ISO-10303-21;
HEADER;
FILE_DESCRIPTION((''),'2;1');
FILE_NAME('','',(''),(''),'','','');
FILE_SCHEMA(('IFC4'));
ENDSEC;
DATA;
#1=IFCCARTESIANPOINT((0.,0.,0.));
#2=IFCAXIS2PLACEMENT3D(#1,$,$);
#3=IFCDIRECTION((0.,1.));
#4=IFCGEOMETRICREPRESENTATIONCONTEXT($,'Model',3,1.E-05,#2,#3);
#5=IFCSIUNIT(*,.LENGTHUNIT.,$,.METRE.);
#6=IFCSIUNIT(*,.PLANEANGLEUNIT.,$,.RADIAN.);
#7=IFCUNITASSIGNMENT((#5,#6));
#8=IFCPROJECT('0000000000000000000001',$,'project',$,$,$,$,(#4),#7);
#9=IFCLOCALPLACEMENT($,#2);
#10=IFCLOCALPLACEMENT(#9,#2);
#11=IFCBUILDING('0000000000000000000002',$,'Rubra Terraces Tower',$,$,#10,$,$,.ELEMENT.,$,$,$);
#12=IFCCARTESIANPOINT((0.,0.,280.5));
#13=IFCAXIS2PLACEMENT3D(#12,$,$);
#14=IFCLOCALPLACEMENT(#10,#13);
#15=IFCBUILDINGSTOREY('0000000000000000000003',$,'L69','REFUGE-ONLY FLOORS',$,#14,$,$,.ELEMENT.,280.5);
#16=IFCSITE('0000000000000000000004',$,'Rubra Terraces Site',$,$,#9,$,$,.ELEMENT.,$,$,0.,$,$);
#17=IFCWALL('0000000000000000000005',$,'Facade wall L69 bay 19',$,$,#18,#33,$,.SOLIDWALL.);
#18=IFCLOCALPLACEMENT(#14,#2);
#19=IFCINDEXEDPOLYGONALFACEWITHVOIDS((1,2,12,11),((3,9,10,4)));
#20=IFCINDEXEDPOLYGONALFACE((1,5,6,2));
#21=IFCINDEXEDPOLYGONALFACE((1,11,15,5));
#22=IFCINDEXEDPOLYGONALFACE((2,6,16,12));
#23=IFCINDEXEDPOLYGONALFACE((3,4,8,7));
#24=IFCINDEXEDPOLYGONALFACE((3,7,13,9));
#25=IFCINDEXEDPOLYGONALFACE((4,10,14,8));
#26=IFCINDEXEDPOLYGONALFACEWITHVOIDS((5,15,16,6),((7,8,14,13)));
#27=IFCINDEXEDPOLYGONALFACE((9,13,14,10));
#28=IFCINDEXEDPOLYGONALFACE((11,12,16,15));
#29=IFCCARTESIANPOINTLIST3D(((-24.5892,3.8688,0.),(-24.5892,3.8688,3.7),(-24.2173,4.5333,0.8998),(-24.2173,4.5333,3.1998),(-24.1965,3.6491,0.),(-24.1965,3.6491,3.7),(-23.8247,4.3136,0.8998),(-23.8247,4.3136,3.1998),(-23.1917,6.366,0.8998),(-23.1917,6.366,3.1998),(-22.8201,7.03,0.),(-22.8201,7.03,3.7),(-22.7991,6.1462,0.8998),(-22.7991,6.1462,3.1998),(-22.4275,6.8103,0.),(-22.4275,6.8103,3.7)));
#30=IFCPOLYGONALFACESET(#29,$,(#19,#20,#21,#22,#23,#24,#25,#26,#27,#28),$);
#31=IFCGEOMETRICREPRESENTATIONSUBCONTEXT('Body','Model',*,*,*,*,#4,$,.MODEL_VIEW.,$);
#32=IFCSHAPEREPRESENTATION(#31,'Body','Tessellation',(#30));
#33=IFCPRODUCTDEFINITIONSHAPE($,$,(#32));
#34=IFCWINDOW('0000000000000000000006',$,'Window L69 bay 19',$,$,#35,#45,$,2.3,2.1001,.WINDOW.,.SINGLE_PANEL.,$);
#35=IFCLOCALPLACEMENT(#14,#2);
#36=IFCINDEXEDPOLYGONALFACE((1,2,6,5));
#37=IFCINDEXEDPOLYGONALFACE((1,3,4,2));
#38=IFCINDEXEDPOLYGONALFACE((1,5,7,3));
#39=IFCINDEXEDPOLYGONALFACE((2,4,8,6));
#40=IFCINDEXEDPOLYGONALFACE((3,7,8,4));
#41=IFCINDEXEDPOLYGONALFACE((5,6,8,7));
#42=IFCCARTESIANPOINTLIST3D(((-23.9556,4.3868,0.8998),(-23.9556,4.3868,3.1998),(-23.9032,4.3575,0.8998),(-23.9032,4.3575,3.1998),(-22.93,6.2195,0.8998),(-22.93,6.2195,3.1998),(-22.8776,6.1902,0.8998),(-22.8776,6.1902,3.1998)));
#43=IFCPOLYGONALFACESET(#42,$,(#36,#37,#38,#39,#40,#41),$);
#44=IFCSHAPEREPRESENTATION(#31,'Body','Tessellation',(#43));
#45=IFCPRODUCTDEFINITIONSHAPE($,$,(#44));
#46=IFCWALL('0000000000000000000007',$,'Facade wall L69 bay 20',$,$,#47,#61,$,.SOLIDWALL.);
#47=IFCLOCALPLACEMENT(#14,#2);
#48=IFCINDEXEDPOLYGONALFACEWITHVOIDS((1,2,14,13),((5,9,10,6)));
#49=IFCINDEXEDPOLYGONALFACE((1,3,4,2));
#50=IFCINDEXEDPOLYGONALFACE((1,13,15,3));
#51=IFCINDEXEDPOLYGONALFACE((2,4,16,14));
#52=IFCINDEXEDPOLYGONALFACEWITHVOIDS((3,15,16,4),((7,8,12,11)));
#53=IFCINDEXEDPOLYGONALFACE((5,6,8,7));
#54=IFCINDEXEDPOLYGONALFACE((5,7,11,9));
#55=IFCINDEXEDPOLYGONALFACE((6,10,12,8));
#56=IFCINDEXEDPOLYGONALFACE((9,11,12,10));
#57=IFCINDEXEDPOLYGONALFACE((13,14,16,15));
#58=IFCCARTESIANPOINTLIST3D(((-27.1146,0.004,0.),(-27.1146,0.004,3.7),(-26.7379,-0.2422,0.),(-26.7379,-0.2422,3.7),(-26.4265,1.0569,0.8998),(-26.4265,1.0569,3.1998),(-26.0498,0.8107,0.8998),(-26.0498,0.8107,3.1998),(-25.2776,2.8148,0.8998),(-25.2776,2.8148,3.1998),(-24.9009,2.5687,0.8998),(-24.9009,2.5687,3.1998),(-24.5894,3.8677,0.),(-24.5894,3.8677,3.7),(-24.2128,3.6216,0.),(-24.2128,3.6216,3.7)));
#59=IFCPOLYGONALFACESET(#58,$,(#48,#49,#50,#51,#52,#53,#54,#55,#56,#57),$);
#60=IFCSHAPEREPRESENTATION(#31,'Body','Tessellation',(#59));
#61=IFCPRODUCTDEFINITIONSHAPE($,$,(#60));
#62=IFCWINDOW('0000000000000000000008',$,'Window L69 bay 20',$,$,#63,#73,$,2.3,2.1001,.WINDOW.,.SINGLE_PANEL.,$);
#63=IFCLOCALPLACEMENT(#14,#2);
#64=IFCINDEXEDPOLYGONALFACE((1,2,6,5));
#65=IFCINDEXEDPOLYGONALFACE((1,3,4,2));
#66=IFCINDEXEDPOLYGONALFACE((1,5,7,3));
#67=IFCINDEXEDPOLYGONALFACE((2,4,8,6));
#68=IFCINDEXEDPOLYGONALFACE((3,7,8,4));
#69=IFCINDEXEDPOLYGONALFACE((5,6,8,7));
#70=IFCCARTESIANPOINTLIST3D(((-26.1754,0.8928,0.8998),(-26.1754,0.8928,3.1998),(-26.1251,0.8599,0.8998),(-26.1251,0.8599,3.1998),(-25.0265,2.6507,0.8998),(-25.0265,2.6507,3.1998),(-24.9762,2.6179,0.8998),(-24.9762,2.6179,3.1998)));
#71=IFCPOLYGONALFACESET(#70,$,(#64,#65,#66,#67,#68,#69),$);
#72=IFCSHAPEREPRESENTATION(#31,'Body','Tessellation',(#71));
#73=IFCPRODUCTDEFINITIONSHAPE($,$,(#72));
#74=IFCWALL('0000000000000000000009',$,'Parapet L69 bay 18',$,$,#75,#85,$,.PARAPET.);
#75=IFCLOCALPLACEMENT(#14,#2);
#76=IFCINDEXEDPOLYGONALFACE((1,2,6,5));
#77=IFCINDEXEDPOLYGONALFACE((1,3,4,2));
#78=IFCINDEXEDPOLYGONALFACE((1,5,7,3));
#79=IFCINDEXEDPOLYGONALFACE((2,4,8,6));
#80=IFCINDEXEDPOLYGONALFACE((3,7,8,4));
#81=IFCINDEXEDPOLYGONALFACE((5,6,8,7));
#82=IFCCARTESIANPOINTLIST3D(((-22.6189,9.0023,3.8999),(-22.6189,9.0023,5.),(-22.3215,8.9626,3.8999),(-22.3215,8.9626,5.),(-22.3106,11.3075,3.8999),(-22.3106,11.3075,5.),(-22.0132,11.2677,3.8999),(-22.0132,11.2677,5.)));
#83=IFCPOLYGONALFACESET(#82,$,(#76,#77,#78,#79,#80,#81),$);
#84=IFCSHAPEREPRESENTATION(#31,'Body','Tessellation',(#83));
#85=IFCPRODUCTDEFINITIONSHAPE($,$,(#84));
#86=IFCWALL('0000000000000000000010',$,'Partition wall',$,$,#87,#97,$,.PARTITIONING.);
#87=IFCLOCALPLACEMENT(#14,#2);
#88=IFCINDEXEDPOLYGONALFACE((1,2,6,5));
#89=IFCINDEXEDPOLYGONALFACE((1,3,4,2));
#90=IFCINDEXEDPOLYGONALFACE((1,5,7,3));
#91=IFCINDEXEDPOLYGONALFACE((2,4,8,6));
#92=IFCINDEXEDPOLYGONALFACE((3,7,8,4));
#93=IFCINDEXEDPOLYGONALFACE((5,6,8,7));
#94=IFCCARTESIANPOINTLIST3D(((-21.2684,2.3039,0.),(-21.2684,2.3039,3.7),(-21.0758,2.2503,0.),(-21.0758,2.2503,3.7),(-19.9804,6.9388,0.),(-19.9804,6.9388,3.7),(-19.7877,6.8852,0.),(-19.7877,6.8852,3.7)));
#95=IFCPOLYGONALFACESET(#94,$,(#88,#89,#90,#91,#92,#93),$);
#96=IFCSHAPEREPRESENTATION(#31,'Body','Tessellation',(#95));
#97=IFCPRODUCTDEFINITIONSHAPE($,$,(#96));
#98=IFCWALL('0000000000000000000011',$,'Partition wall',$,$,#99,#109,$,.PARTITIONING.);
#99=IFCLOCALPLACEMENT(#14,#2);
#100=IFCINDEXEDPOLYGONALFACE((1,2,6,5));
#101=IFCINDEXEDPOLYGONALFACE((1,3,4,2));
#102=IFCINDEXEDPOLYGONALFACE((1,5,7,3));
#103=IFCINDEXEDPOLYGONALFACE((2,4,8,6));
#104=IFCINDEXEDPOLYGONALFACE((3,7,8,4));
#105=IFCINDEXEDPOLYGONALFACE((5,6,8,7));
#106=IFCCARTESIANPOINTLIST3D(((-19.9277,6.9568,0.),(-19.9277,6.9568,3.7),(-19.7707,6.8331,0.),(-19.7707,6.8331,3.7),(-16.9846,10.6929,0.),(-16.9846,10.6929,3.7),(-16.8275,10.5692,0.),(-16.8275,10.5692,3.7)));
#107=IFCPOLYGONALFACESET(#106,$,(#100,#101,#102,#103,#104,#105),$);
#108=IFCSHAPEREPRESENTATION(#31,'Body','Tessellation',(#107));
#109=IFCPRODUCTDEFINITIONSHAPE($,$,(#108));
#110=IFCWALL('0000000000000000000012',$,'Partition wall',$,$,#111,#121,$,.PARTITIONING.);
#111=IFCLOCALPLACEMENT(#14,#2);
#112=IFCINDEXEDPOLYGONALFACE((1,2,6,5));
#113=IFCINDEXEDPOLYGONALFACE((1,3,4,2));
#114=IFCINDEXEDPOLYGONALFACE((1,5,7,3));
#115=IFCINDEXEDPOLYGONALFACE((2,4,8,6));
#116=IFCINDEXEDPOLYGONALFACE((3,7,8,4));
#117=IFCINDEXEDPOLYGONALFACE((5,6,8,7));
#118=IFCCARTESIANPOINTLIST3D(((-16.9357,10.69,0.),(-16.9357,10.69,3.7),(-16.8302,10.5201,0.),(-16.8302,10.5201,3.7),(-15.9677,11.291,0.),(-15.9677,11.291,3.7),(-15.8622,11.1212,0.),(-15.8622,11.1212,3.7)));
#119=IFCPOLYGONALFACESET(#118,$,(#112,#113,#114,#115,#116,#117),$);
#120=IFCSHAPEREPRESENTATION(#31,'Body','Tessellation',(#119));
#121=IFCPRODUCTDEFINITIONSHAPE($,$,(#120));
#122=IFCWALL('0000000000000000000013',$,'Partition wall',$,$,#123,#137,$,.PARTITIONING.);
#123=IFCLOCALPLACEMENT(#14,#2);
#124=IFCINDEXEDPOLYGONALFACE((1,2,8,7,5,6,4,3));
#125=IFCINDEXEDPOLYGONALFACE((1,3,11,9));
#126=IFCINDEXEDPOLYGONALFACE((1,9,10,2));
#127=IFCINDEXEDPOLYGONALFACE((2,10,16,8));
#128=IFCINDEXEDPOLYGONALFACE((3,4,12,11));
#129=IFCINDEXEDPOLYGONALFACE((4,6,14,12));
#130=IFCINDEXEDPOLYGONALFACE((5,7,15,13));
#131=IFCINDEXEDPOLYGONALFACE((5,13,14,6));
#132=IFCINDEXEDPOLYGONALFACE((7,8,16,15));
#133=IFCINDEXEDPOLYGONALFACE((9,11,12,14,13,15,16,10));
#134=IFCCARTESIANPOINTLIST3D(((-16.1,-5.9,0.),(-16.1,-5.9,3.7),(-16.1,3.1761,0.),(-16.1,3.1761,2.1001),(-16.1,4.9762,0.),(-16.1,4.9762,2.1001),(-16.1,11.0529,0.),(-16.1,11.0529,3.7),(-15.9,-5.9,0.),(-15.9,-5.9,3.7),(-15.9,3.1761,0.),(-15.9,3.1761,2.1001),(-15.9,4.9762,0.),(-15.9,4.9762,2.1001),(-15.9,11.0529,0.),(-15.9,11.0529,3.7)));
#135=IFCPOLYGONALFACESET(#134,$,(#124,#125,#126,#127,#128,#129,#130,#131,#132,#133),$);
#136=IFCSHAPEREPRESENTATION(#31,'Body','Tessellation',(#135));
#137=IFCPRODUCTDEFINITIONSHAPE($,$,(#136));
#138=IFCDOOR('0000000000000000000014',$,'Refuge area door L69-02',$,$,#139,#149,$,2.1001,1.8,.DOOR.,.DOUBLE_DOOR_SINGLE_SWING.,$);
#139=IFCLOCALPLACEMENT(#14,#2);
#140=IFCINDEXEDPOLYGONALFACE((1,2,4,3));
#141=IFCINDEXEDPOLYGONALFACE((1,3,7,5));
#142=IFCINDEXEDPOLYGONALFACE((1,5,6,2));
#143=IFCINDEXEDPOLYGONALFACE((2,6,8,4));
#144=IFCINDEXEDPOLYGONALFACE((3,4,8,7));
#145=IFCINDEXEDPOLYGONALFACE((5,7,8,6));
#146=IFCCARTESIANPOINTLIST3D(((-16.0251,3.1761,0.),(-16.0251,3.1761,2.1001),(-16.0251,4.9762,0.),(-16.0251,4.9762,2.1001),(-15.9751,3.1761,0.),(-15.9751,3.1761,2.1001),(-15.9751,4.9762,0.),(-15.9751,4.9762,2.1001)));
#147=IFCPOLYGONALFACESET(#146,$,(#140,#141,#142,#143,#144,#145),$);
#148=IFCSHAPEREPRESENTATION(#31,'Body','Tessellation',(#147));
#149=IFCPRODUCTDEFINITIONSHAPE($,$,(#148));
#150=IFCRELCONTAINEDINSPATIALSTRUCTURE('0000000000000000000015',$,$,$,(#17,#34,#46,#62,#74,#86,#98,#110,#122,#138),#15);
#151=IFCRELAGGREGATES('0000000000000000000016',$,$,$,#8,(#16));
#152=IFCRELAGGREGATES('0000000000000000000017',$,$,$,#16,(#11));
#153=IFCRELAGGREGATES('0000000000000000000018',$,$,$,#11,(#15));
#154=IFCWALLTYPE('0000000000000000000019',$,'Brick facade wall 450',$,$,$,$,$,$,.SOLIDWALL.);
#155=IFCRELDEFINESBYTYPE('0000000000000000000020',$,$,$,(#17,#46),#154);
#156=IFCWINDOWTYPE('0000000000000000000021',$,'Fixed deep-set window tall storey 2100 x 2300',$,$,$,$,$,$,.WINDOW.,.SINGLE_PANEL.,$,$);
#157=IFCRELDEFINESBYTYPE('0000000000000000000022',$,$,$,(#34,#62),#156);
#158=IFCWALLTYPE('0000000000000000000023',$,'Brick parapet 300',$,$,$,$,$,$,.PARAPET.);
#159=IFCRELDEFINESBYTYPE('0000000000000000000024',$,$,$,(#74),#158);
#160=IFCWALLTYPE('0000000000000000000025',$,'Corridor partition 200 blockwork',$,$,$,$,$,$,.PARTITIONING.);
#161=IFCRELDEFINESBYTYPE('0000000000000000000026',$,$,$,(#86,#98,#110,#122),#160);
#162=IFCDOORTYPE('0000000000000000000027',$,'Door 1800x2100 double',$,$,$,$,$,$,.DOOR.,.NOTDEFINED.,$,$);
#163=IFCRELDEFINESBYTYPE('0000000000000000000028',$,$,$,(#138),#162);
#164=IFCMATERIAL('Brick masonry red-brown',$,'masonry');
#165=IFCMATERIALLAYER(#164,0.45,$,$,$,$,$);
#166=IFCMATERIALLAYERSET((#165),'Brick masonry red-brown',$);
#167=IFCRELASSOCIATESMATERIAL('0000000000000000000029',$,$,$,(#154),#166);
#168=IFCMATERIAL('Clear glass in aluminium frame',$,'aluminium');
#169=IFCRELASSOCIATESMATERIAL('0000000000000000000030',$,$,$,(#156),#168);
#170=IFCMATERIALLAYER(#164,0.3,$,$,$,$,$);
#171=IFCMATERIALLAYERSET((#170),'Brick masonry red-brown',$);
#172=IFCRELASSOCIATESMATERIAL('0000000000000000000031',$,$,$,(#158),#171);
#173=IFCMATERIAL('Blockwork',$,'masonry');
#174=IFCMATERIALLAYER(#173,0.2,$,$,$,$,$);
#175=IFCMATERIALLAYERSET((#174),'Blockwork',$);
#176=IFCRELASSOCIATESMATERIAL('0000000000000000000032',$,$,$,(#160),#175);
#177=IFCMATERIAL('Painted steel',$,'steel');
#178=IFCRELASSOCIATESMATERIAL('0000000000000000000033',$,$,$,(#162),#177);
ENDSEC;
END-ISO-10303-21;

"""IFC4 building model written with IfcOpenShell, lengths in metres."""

from ifc_helpers import new_model, si_unit, direction, frame, frame_2d, origin, place, context, subcontext, project, spatial, rectangle, extrude, material, layer, layer_set, type_object, element, fill, save


model = new_model("IFC4")

# Units and contexts
model_context = context("Model", 3, precision=1e-05, world=origin(), true_north=direction((0.0, 1.0)))
body_context = subcontext(model_context, "Body", "Model", "MODEL_VIEW")
ifc_project = project(units=[si_unit("LENGTHUNIT", "METRE"), si_unit("PLANEANGLEUNIT", "RADIAN")], contexts=[model_context])

# Site, building, storey
site_placement = place(None, origin())
site = spatial("IfcSite", under=ifc_project, at=site_placement, Name="Rubra Terraces Site", CompositionType="ELEMENT", RefElevation=0.0)
building_placement = place(site_placement, origin())
building = spatial("IfcBuilding", under=site, at=building_placement, Name="Rubra Terraces Tower", CompositionType="ELEMENT")
storey_placement = place(building_placement, frame((0.0, 0.0, 280.5)))
storey = spatial("IfcBuildingStorey", under=building, at=storey_placement, Name="L69", Description="REFUGE-ONLY FLOORS", CompositionType="ELEMENT", Elevation=280.5)

# Walls, openings, windows
ifc_material_1 = material(Name="Brick masonry red-brown", Category="masonry")
ifc_layer_1 = layer(ifc_material_1, 0.45)
ifc_layer_set_1 = layer_set([ifc_layer_1], Name="Brick masonry red-brown")
wall_type_1 = type_object("IfcWallType", Name="Brick facade wall 450", PredefinedType="SOLIDWALL", material=ifc_layer_set_1)
wall_1_placement = place(storey_placement, frame((-22.6238, 6.9202, 0.0), z_axis=(0.0, 0.0, 1.0), x_axis=(-0.488353, -0.872646, 0.0)))
wall_1 = element("IfcWall", 1, at=wall_1_placement, inside=storey, type_object=wall_type_1, Name="Facade wall L69 bay 19", PredefinedType="SOLIDWALL", context=body_context, shape_type="SweptSolid", body=[
    extrude(rectangle(XDim=3.6226, YDim=0.45, at=frame_2d((1.8113, 0.0))), origin(), (0.0, 0.0, 1.0), 3.7),
])
opening_1_placement = place(wall_1_placement, frame((0.761, 0.0, 0.8999)))
opening_1 = element("IfcOpeningElement", 2, at=opening_1_placement, cuts=wall_1, PredefinedType="OPENING", context=body_context, shape_type="SweptSolid", body=[
    extrude(rectangle(XDim=2.1001, YDim=2.3, at=frame_2d((1.05, 1.1499))), frame((0.0, 0.2349, 0.0), z_axis=(0.0, -1.0, 0.0), x_axis=(1.0, 0.0, 0.0)), (0.0, 0.0, 1.0), 0.47),
])
ifc_material_2 = material(Name="Clear glass in aluminium frame", Category="aluminium")
window_type = type_object("IfcWindowType", Name="Fixed deep-set window tall storey 2100 x 2300", PartitioningType="SINGLE_PANEL", PredefinedType="WINDOW", material=ifc_material_2)
window_1_placement = place(opening_1_placement, origin())
window_1 = element("IfcWindow", 3, at=window_1_placement, inside=storey, type_object=window_type, Name="Window L69 bay 19", OverallHeight=2.3, OverallWidth=2.1001, PartitioningType="SINGLE_PANEL", PredefinedType="WINDOW", context=body_context, shape_type="SweptSolid", body=[
    extrude(rectangle(XDim=2.1001, YDim=2.3, at=frame_2d((1.05, 1.1499))), frame((0.0, 0.135, 0.0), z_axis=(0.0, -1.0, 0.0), x_axis=(1.0, 0.0, 0.0)), (0.0, 0.0, 1.0), 0.0601),
])
fill(opening_1, window_1)
wall_2_placement = place(storey_placement, frame((-24.4011, 3.7446, 0.0), z_axis=(0.0, 0.0, 1.0), x_axis=(-0.547073, -0.837085, 0.0)))
wall_2 = element("IfcWall", 4, at=wall_2_placement, inside=storey, type_object=wall_type_1, Name="Facade wall L69 bay 20", PredefinedType="SOLIDWALL", context=body_context, shape_type="SweptSolid", body=[
    extrude(rectangle(XDim=4.6157, YDim=0.45, at=frame_2d((2.3079, 0.0))), origin(), (0.0, 0.0, 1.0), 3.7),
])
opening_2_placement = place(wall_2_placement, frame((1.2578, 0.0, 0.8999)))
opening_2 = element("IfcOpeningElement", 5, at=opening_2_placement, cuts=wall_2, PredefinedType="OPENING", context=body_context, shape_type="SweptSolid", body=[
    extrude(rectangle(XDim=2.1001, YDim=2.3, at=frame_2d((1.05, 1.1499))), frame((0.0, 0.2349, 0.0), z_axis=(0.0, -1.0, 0.0), x_axis=(1.0, 0.0, 0.0)), (0.0, 0.0, 1.0), 0.47),
])
window_2_placement = place(opening_2_placement, origin())
window_2 = element("IfcWindow", 6, at=window_2_placement, inside=storey, type_object=window_type, Name="Window L69 bay 20", OverallHeight=2.3, OverallWidth=2.1001, PartitioningType="SINGLE_PANEL", PredefinedType="WINDOW", context=body_context, shape_type="SweptSolid", body=[
    extrude(rectangle(XDim=2.1001, YDim=2.3, at=frame_2d((1.05, 1.1499))), frame((0.0, 0.135, 0.0), z_axis=(0.0, -1.0, 0.0), x_axis=(1.0, 0.0, 0.0)), (0.0, 0.0, 1.0), 0.0601),
])
fill(opening_2, window_2)

# Walls
ifc_layer_2 = layer(ifc_material_1, 0.3)
ifc_layer_set_2 = layer_set([ifc_layer_2], Name="Brick masonry red-brown")
wall_type_2 = type_object("IfcWallType", Name="Brick parapet 300", PredefinedType="PARAPET", material=ifc_layer_set_2)
wall_3_placement = place(storey_placement, frame((-22.1619, 11.2876, 3.8999), z_axis=(0.0, 0.0, 1.0), x_axis=(-0.132583, -0.991172, 0.0)))
element("IfcWall", 7, at=wall_3_placement, inside=storey, type_object=wall_type_2, Name="Parapet L69 bay 18", PredefinedType="PARAPET", context=body_context, shape_type="SweptSolid", body=[
    extrude(rectangle(XDim=2.3257, YDim=0.3, at=frame_2d((1.1628, 0.0))), origin(), (0.0, 0.0, 1.0), 1.1001),
])
ifc_material_3 = material(Name="Blockwork", Category="masonry")
ifc_layer_3 = layer(ifc_material_3, 0.2)
ifc_layer_set_3 = layer_set([ifc_layer_3], Name="Blockwork")
wall_type_3 = type_object("IfcWallType", Name="Corridor partition 200 blockwork", PredefinedType="PARTITIONING", material=ifc_layer_set_3)
wall_4_placement = place(storey_placement, frame((-21.1721, 2.2771, 0.0), z_axis=(0.0, 0.0, 1.0), x_axis=(0.267756, 0.963487, 0.0)))
element("IfcWall", 8, at=wall_4_placement, inside=storey, type_object=wall_type_3, Name="Partition wall", PredefinedType="PARTITIONING", context=body_context, shape_type="SweptSolid", body=[
    extrude(rectangle(XDim=4.8105, YDim=0.2, at=frame_2d((2.4053, 0.0))), origin(), (0.0, 0.0, 1.0), 3.7),
])
wall_5_placement = place(storey_placement, frame((-19.8491, 6.895, 0.0), z_axis=(0.0, 0.0, 1.0), x_axis=(0.618812, 0.785539, 0.0)))
element("IfcWall", 9, at=wall_5_placement, inside=storey, type_object=wall_type_3, Name="Partition wall", PredefinedType="PARTITIONING", context=body_context, shape_type="SweptSolid", body=[
    extrude(rectangle(XDim=4.7561, YDim=0.2, at=frame_2d((2.3779, 0.0))), origin(), (0.0, 0.0, 1.0), 3.7),
])
wall_6_placement = place(storey_placement, frame((-16.8831, 10.605, 0.0), z_axis=(0.0, 0.0, 1.0), x_axis=(0.849547, 0.527512, 0.0)))
element("IfcWall", 10, at=wall_6_placement, inside=storey, type_object=wall_type_3, Name="Partition wall", PredefinedType="PARTITIONING", context=body_context, shape_type="SweptSolid", body=[
    extrude(rectangle(XDim=1.1394, YDim=0.2, at=frame_2d((0.5698, 0.0))), origin(), (0.0, 0.0, 1.0), 3.7),
])

# Wall, opening, door
wall_7_placement = place(storey_placement, frame((-16.0, 11.053, 0.0), z_axis=(0.0, 0.0, 1.0), x_axis=(0.0, -1.0, 0.0)))
wall_7 = element("IfcWall", 11, at=wall_7_placement, inside=storey, type_object=wall_type_3, Name="Partition wall", PredefinedType="PARTITIONING", context=body_context, shape_type="SweptSolid", body=[
    extrude(rectangle(XDim=16.9529, YDim=0.2, at=frame_2d((8.4766, 0.0))), origin(), (0.0, 0.0, 1.0), 3.7),
])
opening_3_placement = place(wall_7_placement, frame((6.0769, 0.0, 0.0)))
opening_3 = element("IfcOpeningElement", 12, at=opening_3_placement, cuts=wall_7, PredefinedType="OPENING", context=body_context, shape_type="SweptSolid", body=[
    extrude(rectangle(XDim=1.8, YDim=2.1001, at=frame_2d((0.8999, 1.05))), frame((0.0, 0.1099, 0.0), z_axis=(0.0, -1.0, 0.0), x_axis=(1.0, 0.0, 0.0)), (0.0, 0.0, 1.0), 0.22),
])
ifc_material_4 = material(Name="Painted steel", Category="steel")
door_type_1 = type_object("IfcDoorType", Name="Door 1800x2100 double", OperationType="NOTDEFINED", PredefinedType="DOOR", material=ifc_material_4)
door_1_placement = place(opening_3_placement, origin())
door_1 = element("IfcDoor", 13, at=door_1_placement, inside=storey, type_object=door_type_1, Name="Refuge area door L69-02", OperationType="DOUBLE_DOOR_SINGLE_SWING", OverallHeight=2.1001, OverallWidth=1.8, PredefinedType="DOOR", context=body_context, shape_type="SweptSolid", body=[
    extrude(rectangle(XDim=1.8, YDim=2.1001, at=frame_2d((0.8999, 1.05))), frame((0.0, 0.0249, 0.0), z_axis=(0.0, -1.0, 0.0), x_axis=(1.0, 0.0, 0.0)), (0.0, 0.0, 1.0), 0.05),
])
fill(opening_3, door_1)

save(model, "model.ifc")
